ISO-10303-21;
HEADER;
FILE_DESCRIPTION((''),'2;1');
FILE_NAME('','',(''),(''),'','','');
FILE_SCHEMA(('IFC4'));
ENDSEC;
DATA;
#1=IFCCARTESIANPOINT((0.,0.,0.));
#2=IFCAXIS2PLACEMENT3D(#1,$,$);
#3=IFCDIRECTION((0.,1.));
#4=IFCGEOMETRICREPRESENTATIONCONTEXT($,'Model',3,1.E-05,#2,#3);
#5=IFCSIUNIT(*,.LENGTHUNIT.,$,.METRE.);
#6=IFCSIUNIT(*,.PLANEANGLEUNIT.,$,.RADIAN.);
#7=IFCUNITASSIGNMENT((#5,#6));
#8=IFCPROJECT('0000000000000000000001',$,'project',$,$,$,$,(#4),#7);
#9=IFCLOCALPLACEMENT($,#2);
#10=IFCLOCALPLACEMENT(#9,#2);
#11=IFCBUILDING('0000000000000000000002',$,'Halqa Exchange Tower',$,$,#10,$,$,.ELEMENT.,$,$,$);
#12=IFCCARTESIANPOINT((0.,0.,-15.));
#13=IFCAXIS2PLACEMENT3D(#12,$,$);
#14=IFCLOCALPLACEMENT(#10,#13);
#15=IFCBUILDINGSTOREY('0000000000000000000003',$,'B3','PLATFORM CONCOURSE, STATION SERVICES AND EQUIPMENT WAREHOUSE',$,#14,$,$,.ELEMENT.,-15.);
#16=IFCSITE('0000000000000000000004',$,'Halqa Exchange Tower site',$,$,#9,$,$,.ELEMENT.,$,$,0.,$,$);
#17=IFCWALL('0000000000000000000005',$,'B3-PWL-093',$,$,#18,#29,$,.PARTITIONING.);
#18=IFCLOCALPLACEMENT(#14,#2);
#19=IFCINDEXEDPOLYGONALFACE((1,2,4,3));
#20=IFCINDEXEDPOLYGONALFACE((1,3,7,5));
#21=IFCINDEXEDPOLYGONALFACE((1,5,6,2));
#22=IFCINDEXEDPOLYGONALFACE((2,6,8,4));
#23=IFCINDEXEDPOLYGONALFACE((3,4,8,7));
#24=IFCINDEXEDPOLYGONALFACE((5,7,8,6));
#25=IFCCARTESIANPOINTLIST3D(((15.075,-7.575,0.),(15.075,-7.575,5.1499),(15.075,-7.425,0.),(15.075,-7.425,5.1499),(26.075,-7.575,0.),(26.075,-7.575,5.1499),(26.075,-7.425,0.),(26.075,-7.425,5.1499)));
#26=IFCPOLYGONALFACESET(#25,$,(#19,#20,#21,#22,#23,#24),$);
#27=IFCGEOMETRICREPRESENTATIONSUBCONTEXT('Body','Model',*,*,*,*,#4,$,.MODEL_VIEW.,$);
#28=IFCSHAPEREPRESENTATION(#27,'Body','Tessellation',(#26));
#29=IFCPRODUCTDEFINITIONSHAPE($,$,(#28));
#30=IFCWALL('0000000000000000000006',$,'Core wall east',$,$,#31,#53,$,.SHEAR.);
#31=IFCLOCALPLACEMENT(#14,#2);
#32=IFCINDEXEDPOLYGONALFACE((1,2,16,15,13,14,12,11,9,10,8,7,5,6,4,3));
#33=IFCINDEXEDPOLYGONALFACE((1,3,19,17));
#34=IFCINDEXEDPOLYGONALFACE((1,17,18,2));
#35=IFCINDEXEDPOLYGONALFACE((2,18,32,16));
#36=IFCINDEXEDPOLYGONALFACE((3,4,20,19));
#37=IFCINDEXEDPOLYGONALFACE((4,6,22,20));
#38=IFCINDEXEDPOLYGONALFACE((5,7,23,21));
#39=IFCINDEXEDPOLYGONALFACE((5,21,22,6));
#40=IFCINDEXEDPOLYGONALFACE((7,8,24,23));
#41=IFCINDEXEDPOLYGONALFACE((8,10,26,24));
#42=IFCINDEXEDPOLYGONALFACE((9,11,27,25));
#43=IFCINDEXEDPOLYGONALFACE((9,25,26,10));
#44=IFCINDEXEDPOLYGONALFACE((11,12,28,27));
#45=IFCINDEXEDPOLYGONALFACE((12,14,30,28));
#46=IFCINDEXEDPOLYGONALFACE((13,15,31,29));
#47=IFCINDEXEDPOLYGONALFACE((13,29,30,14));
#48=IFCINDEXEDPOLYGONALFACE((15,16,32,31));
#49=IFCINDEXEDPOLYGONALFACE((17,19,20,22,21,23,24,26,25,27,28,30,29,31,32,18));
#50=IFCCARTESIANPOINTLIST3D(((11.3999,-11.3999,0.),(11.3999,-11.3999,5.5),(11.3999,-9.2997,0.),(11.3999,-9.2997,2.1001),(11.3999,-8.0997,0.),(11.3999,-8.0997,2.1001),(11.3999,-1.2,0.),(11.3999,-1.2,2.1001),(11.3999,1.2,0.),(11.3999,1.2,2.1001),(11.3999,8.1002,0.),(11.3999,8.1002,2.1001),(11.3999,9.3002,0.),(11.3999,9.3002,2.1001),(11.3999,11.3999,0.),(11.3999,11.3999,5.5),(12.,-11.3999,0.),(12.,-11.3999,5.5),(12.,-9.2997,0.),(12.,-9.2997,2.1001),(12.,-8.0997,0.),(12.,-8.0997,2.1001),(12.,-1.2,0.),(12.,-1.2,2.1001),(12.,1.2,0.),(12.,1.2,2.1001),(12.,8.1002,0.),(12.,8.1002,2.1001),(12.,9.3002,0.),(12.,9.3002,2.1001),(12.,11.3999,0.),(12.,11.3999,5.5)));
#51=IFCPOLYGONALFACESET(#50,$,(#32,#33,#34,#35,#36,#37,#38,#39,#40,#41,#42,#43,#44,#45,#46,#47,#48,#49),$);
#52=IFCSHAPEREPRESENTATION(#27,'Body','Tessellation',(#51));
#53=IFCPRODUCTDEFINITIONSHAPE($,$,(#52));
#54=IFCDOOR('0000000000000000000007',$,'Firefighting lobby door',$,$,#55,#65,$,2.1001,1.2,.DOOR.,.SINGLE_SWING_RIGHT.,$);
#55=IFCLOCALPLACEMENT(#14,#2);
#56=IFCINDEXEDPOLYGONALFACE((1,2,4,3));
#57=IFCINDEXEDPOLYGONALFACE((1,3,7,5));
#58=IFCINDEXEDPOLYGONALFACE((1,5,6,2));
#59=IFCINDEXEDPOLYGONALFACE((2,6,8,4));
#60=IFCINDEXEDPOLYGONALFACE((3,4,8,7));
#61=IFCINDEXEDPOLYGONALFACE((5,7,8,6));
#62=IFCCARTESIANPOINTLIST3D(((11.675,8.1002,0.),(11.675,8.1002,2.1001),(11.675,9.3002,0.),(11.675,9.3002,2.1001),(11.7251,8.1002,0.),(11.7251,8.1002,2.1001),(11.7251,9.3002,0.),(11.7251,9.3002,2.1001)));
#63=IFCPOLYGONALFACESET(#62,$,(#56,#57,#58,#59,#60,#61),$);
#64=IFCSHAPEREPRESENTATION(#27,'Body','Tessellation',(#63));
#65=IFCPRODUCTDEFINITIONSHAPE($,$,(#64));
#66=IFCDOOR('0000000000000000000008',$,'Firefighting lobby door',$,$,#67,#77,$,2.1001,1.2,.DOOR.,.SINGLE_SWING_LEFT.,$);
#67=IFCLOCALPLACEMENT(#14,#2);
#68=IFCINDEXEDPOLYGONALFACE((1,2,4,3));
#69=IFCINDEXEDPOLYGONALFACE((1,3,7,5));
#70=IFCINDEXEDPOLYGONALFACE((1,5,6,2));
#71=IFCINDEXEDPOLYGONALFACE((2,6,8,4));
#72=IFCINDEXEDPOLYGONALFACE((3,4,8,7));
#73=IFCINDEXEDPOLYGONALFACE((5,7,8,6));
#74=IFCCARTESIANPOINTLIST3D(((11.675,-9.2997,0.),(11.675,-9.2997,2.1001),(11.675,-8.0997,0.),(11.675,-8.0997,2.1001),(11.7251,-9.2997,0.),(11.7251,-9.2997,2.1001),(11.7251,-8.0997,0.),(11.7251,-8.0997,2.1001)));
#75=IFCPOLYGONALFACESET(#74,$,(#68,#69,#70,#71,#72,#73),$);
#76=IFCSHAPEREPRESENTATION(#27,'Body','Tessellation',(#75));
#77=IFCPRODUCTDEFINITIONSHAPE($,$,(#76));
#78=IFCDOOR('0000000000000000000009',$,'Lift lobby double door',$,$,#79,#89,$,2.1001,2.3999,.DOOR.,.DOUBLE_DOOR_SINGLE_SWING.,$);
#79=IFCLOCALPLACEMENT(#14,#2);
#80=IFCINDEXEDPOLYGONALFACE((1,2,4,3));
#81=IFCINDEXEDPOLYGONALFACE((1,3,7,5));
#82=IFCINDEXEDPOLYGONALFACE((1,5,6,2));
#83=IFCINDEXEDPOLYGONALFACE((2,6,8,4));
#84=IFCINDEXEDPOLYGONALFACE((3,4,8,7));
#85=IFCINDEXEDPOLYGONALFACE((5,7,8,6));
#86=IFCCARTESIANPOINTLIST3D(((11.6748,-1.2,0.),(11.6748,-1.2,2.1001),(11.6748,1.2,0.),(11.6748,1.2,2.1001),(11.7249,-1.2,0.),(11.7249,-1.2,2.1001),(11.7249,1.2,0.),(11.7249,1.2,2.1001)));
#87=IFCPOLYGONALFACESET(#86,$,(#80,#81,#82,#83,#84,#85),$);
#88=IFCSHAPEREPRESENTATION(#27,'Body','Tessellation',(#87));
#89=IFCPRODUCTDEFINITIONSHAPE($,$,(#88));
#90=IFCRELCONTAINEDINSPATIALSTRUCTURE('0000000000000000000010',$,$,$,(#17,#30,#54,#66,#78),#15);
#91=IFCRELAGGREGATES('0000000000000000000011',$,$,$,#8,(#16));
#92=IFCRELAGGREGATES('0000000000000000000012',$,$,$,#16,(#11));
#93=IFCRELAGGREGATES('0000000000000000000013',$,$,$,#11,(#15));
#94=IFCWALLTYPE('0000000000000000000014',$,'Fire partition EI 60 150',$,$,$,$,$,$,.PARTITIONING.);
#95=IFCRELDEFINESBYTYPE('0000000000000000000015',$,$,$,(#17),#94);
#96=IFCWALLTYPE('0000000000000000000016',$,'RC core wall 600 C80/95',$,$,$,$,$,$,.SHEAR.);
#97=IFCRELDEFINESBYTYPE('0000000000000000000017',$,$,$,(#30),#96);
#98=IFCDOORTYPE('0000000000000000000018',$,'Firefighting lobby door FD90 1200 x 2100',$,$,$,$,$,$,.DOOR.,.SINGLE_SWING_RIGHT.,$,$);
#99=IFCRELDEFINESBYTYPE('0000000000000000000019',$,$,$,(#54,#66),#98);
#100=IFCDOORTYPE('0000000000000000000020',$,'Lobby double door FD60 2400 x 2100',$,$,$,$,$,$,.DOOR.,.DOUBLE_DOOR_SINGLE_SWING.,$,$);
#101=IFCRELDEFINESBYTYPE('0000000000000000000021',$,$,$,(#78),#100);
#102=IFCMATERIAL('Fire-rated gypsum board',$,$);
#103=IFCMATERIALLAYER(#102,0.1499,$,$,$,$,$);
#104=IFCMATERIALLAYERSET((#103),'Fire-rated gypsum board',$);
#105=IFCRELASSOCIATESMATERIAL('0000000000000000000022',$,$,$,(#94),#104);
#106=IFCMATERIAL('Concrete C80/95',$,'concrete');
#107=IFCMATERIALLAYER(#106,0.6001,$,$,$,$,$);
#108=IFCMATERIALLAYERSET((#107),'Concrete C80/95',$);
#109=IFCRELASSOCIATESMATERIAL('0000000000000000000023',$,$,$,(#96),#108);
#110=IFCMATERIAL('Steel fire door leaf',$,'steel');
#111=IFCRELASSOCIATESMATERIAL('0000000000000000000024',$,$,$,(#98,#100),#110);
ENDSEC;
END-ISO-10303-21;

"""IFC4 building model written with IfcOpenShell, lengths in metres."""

from ifc_helpers import new_model, si_unit, direction, frame, frame_2d, origin, place, context, subcontext, project, spatial, rectangle, extrude, material, layer, layer_set, type_object, element, fill, save


model = new_model("IFC4")

# Units and contexts
model_context = context("Model", 3, precision=1e-05, world=origin(), true_north=direction((0.0, 1.0)))
body_context = subcontext(model_context, "Body", "Model", "MODEL_VIEW")
ifc_project = project(units=[si_unit("LENGTHUNIT", "METRE"), si_unit("PLANEANGLEUNIT", "RADIAN")], contexts=[model_context])

# Site, building, storey
site_placement = place(None, origin())
site = spatial("IfcSite", under=ifc_project, at=site_placement, Name="Halqa Exchange Tower site", CompositionType="ELEMENT", RefElevation=0.0)
building_placement = place(site_placement, origin())
building = spatial("IfcBuilding", under=site, at=building_placement, Name="Halqa Exchange Tower", CompositionType="ELEMENT")
storey_placement = place(building_placement, frame((0.0, 0.0, -15.0)))
storey = spatial("IfcBuildingStorey", under=building, at=storey_placement, Name="B3", Description="PLATFORM CONCOURSE, STATION SERVICES AND EQUIPMENT WAREHOUSE", CompositionType="ELEMENT", Elevation=-15.0)

# Shared definitions
ifc_material_1 = material(Name="Fire-rated gypsum board")
ifc_layer_1 = layer(ifc_material_1, 0.1499)
ifc_layer_set_1 = layer_set([ifc_layer_1], Name="Fire-rated gypsum board")
wall_type_1 = type_object("IfcWallType", Name="Fire partition EI 60 150", PredefinedType="PARTITIONING", material=ifc_layer_set_1)
ifc_material_2 = material(Name="Steel fire door leaf", Category="steel")

# Wall
wall_1_placement = place(storey_placement, frame((15.075, -7.5, 0.0), z_axis=(0.0, 0.0, 1.0), x_axis=(1.0, 0.0, 0.0)))
element("IfcWall", 1, at=wall_1_placement, inside=storey, type_object=wall_type_1, Name="B3-PWL-093", PredefinedType="PARTITIONING", context=body_context, shape_type="SweptSolid", body=[
    extrude(rectangle(XDim=11.0, YDim=0.1499, at=frame_2d((5.5, 0.0))), origin(), (0.0, 0.0, 1.0), 5.1499),
])

# Wall, openings, doors
ifc_material_3 = material(Name="Concrete C80/95", Category="concrete")
ifc_layer_2 = layer(ifc_material_3, 0.6001)
ifc_layer_set_2 = layer_set([ifc_layer_2], Name="Concrete C80/95")
wall_type_2 = type_object("IfcWallType", Name="RC core wall 600 C80/95", PredefinedType="SHEAR", material=ifc_layer_set_2)
wall_2_placement = place(storey_placement, frame((11.7, -11.3999, 0.0), z_axis=(0.0, 0.0, 1.0), x_axis=(0.0, 1.0, 0.0)))
wall_2 = element("IfcWall", 2, at=wall_2_placement, inside=storey, type_object=wall_type_2, Name="Core wall east", PredefinedType="SHEAR", context=body_context, shape_type="SweptSolid", body=[
    extrude(rectangle(XDim=22.7998, YDim=0.6001, at=frame_2d((11.3999, 0.0))), origin(), (0.0, 0.0, 1.0), 5.5),
])
opening_1_placement = place(wall_2_placement, frame((10.2, 0.0, 0.0)))
opening_1 = element("IfcOpeningElement", 3, at=opening_1_placement, cuts=wall_2, PredefinedType="OPENING", context=body_context, shape_type="SweptSolid", body=[
    extrude(rectangle(XDim=2.3999, YDim=2.1001, at=frame_2d((1.2, 1.05))), frame((0.0, 0.312, 0.0), z_axis=(0.0, -1.0, 0.0), x_axis=(1.0, 0.0, 0.0)), (0.0, 0.0, 1.0), 0.624),
])
opening_2_placement = place(wall_2_placement, frame((19.5, 0.0, 0.0)))
opening_2 = element("IfcOpeningElement", 4, at=opening_2_placement, cuts=wall_2, PredefinedType="OPENING", context=body_context, shape_type="SweptSolid", body=[
    extrude(rectangle(XDim=1.2, YDim=2.1001, at=frame_2d((0.6001, 1.05))), frame((0.0, 0.312, 0.0), z_axis=(0.0, -1.0, 0.0), x_axis=(1.0, 0.0, 0.0)), (0.0, 0.0, 1.0), 0.624),
])
opening_3_placement = place(wall_2_placement, frame((2.1001, 0.0, 0.0)))
opening_3 = element("IfcOpeningElement", 5, at=opening_3_placement, cuts=wall_2, PredefinedType="OPENING", context=body_context, shape_type="SweptSolid", body=[
    extrude(rectangle(XDim=1.2, YDim=2.1001, at=frame_2d((0.6001, 1.05))), frame((0.0, 0.312, 0.0), z_axis=(0.0, -1.0, 0.0), x_axis=(1.0, 0.0, 0.0)), (0.0, 0.0, 1.0), 0.624),
])
door_type_1 = type_object("IfcDoorType", Name="Firefighting lobby door FD90 1200 x 2100", OperationType="SINGLE_SWING_RIGHT", PredefinedType="DOOR", material=ifc_material_2)
door_1_placement = place(opening_2_placement, origin())
door_1 = element("IfcDoor", 6, at=door_1_placement, inside=storey, type_object=door_type_1, Name="Firefighting lobby door", OperationType="SINGLE_SWING_RIGHT", OverallHeight=2.1001, OverallWidth=1.2, PredefinedType="DOOR", context=body_context, shape_type="SweptSolid", body=[
    extrude(rectangle(XDim=1.2, YDim=2.1001, at=frame_2d((0.6001, 1.05))), frame((0.0, 0.0249, 0.0), z_axis=(0.0, -1.0, 0.0), x_axis=(1.0, 0.0, 0.0)), (0.0, 0.0, 1.0), 0.05),
])
fill(opening_2, door_1)
door_2_placement = place(opening_3_placement, origin())
door_2 = element("IfcDoor", 7, at=door_2_placement, inside=storey, type_object=door_type_1, Name="Firefighting lobby door", OperationType="SINGLE_SWING_LEFT", OverallHeight=2.1001, OverallWidth=1.2, PredefinedType="DOOR", context=body_context, shape_type="SweptSolid", body=[
    extrude(rectangle(XDim=1.2, YDim=2.1001, at=frame_2d((0.6001, 1.05))), frame((0.0, 0.0249, 0.0), z_axis=(0.0, -1.0, 0.0), x_axis=(1.0, 0.0, 0.0)), (0.0, 0.0, 1.0), 0.05),
])
fill(opening_3, door_2)
door_type_2 = type_object("IfcDoorType", Name="Lobby double door FD60 2400 x 2100", OperationType="DOUBLE_DOOR_SINGLE_SWING", PredefinedType="DOOR", material=ifc_material_2)
door_3_placement = place(opening_1_placement, frame((2.3999, 0.0, 0.0), z_axis=(0.0, 0.0, 1.0), x_axis=(-1.0, 0.0, 0.0)))
door_3 = element("IfcDoor", 8, at=door_3_placement, inside=storey, type_object=door_type_2, Name="Lift lobby double door", OperationType="DOUBLE_DOOR_SINGLE_SWING", OverallHeight=2.1001, OverallWidth=2.3999, PredefinedType="DOOR", context=body_context, shape_type="SweptSolid", body=[
    extrude(rectangle(XDim=2.3999, YDim=2.1001, at=frame_2d((1.2, 1.05))), frame((0.0, 0.0249, 0.0), z_axis=(0.0, -1.0, 0.0), x_axis=(1.0, 0.0, 0.0)), (0.0, 0.0, 1.0), 0.05),
])
fill(opening_1, door_3)

save(model, "model.ifc")
